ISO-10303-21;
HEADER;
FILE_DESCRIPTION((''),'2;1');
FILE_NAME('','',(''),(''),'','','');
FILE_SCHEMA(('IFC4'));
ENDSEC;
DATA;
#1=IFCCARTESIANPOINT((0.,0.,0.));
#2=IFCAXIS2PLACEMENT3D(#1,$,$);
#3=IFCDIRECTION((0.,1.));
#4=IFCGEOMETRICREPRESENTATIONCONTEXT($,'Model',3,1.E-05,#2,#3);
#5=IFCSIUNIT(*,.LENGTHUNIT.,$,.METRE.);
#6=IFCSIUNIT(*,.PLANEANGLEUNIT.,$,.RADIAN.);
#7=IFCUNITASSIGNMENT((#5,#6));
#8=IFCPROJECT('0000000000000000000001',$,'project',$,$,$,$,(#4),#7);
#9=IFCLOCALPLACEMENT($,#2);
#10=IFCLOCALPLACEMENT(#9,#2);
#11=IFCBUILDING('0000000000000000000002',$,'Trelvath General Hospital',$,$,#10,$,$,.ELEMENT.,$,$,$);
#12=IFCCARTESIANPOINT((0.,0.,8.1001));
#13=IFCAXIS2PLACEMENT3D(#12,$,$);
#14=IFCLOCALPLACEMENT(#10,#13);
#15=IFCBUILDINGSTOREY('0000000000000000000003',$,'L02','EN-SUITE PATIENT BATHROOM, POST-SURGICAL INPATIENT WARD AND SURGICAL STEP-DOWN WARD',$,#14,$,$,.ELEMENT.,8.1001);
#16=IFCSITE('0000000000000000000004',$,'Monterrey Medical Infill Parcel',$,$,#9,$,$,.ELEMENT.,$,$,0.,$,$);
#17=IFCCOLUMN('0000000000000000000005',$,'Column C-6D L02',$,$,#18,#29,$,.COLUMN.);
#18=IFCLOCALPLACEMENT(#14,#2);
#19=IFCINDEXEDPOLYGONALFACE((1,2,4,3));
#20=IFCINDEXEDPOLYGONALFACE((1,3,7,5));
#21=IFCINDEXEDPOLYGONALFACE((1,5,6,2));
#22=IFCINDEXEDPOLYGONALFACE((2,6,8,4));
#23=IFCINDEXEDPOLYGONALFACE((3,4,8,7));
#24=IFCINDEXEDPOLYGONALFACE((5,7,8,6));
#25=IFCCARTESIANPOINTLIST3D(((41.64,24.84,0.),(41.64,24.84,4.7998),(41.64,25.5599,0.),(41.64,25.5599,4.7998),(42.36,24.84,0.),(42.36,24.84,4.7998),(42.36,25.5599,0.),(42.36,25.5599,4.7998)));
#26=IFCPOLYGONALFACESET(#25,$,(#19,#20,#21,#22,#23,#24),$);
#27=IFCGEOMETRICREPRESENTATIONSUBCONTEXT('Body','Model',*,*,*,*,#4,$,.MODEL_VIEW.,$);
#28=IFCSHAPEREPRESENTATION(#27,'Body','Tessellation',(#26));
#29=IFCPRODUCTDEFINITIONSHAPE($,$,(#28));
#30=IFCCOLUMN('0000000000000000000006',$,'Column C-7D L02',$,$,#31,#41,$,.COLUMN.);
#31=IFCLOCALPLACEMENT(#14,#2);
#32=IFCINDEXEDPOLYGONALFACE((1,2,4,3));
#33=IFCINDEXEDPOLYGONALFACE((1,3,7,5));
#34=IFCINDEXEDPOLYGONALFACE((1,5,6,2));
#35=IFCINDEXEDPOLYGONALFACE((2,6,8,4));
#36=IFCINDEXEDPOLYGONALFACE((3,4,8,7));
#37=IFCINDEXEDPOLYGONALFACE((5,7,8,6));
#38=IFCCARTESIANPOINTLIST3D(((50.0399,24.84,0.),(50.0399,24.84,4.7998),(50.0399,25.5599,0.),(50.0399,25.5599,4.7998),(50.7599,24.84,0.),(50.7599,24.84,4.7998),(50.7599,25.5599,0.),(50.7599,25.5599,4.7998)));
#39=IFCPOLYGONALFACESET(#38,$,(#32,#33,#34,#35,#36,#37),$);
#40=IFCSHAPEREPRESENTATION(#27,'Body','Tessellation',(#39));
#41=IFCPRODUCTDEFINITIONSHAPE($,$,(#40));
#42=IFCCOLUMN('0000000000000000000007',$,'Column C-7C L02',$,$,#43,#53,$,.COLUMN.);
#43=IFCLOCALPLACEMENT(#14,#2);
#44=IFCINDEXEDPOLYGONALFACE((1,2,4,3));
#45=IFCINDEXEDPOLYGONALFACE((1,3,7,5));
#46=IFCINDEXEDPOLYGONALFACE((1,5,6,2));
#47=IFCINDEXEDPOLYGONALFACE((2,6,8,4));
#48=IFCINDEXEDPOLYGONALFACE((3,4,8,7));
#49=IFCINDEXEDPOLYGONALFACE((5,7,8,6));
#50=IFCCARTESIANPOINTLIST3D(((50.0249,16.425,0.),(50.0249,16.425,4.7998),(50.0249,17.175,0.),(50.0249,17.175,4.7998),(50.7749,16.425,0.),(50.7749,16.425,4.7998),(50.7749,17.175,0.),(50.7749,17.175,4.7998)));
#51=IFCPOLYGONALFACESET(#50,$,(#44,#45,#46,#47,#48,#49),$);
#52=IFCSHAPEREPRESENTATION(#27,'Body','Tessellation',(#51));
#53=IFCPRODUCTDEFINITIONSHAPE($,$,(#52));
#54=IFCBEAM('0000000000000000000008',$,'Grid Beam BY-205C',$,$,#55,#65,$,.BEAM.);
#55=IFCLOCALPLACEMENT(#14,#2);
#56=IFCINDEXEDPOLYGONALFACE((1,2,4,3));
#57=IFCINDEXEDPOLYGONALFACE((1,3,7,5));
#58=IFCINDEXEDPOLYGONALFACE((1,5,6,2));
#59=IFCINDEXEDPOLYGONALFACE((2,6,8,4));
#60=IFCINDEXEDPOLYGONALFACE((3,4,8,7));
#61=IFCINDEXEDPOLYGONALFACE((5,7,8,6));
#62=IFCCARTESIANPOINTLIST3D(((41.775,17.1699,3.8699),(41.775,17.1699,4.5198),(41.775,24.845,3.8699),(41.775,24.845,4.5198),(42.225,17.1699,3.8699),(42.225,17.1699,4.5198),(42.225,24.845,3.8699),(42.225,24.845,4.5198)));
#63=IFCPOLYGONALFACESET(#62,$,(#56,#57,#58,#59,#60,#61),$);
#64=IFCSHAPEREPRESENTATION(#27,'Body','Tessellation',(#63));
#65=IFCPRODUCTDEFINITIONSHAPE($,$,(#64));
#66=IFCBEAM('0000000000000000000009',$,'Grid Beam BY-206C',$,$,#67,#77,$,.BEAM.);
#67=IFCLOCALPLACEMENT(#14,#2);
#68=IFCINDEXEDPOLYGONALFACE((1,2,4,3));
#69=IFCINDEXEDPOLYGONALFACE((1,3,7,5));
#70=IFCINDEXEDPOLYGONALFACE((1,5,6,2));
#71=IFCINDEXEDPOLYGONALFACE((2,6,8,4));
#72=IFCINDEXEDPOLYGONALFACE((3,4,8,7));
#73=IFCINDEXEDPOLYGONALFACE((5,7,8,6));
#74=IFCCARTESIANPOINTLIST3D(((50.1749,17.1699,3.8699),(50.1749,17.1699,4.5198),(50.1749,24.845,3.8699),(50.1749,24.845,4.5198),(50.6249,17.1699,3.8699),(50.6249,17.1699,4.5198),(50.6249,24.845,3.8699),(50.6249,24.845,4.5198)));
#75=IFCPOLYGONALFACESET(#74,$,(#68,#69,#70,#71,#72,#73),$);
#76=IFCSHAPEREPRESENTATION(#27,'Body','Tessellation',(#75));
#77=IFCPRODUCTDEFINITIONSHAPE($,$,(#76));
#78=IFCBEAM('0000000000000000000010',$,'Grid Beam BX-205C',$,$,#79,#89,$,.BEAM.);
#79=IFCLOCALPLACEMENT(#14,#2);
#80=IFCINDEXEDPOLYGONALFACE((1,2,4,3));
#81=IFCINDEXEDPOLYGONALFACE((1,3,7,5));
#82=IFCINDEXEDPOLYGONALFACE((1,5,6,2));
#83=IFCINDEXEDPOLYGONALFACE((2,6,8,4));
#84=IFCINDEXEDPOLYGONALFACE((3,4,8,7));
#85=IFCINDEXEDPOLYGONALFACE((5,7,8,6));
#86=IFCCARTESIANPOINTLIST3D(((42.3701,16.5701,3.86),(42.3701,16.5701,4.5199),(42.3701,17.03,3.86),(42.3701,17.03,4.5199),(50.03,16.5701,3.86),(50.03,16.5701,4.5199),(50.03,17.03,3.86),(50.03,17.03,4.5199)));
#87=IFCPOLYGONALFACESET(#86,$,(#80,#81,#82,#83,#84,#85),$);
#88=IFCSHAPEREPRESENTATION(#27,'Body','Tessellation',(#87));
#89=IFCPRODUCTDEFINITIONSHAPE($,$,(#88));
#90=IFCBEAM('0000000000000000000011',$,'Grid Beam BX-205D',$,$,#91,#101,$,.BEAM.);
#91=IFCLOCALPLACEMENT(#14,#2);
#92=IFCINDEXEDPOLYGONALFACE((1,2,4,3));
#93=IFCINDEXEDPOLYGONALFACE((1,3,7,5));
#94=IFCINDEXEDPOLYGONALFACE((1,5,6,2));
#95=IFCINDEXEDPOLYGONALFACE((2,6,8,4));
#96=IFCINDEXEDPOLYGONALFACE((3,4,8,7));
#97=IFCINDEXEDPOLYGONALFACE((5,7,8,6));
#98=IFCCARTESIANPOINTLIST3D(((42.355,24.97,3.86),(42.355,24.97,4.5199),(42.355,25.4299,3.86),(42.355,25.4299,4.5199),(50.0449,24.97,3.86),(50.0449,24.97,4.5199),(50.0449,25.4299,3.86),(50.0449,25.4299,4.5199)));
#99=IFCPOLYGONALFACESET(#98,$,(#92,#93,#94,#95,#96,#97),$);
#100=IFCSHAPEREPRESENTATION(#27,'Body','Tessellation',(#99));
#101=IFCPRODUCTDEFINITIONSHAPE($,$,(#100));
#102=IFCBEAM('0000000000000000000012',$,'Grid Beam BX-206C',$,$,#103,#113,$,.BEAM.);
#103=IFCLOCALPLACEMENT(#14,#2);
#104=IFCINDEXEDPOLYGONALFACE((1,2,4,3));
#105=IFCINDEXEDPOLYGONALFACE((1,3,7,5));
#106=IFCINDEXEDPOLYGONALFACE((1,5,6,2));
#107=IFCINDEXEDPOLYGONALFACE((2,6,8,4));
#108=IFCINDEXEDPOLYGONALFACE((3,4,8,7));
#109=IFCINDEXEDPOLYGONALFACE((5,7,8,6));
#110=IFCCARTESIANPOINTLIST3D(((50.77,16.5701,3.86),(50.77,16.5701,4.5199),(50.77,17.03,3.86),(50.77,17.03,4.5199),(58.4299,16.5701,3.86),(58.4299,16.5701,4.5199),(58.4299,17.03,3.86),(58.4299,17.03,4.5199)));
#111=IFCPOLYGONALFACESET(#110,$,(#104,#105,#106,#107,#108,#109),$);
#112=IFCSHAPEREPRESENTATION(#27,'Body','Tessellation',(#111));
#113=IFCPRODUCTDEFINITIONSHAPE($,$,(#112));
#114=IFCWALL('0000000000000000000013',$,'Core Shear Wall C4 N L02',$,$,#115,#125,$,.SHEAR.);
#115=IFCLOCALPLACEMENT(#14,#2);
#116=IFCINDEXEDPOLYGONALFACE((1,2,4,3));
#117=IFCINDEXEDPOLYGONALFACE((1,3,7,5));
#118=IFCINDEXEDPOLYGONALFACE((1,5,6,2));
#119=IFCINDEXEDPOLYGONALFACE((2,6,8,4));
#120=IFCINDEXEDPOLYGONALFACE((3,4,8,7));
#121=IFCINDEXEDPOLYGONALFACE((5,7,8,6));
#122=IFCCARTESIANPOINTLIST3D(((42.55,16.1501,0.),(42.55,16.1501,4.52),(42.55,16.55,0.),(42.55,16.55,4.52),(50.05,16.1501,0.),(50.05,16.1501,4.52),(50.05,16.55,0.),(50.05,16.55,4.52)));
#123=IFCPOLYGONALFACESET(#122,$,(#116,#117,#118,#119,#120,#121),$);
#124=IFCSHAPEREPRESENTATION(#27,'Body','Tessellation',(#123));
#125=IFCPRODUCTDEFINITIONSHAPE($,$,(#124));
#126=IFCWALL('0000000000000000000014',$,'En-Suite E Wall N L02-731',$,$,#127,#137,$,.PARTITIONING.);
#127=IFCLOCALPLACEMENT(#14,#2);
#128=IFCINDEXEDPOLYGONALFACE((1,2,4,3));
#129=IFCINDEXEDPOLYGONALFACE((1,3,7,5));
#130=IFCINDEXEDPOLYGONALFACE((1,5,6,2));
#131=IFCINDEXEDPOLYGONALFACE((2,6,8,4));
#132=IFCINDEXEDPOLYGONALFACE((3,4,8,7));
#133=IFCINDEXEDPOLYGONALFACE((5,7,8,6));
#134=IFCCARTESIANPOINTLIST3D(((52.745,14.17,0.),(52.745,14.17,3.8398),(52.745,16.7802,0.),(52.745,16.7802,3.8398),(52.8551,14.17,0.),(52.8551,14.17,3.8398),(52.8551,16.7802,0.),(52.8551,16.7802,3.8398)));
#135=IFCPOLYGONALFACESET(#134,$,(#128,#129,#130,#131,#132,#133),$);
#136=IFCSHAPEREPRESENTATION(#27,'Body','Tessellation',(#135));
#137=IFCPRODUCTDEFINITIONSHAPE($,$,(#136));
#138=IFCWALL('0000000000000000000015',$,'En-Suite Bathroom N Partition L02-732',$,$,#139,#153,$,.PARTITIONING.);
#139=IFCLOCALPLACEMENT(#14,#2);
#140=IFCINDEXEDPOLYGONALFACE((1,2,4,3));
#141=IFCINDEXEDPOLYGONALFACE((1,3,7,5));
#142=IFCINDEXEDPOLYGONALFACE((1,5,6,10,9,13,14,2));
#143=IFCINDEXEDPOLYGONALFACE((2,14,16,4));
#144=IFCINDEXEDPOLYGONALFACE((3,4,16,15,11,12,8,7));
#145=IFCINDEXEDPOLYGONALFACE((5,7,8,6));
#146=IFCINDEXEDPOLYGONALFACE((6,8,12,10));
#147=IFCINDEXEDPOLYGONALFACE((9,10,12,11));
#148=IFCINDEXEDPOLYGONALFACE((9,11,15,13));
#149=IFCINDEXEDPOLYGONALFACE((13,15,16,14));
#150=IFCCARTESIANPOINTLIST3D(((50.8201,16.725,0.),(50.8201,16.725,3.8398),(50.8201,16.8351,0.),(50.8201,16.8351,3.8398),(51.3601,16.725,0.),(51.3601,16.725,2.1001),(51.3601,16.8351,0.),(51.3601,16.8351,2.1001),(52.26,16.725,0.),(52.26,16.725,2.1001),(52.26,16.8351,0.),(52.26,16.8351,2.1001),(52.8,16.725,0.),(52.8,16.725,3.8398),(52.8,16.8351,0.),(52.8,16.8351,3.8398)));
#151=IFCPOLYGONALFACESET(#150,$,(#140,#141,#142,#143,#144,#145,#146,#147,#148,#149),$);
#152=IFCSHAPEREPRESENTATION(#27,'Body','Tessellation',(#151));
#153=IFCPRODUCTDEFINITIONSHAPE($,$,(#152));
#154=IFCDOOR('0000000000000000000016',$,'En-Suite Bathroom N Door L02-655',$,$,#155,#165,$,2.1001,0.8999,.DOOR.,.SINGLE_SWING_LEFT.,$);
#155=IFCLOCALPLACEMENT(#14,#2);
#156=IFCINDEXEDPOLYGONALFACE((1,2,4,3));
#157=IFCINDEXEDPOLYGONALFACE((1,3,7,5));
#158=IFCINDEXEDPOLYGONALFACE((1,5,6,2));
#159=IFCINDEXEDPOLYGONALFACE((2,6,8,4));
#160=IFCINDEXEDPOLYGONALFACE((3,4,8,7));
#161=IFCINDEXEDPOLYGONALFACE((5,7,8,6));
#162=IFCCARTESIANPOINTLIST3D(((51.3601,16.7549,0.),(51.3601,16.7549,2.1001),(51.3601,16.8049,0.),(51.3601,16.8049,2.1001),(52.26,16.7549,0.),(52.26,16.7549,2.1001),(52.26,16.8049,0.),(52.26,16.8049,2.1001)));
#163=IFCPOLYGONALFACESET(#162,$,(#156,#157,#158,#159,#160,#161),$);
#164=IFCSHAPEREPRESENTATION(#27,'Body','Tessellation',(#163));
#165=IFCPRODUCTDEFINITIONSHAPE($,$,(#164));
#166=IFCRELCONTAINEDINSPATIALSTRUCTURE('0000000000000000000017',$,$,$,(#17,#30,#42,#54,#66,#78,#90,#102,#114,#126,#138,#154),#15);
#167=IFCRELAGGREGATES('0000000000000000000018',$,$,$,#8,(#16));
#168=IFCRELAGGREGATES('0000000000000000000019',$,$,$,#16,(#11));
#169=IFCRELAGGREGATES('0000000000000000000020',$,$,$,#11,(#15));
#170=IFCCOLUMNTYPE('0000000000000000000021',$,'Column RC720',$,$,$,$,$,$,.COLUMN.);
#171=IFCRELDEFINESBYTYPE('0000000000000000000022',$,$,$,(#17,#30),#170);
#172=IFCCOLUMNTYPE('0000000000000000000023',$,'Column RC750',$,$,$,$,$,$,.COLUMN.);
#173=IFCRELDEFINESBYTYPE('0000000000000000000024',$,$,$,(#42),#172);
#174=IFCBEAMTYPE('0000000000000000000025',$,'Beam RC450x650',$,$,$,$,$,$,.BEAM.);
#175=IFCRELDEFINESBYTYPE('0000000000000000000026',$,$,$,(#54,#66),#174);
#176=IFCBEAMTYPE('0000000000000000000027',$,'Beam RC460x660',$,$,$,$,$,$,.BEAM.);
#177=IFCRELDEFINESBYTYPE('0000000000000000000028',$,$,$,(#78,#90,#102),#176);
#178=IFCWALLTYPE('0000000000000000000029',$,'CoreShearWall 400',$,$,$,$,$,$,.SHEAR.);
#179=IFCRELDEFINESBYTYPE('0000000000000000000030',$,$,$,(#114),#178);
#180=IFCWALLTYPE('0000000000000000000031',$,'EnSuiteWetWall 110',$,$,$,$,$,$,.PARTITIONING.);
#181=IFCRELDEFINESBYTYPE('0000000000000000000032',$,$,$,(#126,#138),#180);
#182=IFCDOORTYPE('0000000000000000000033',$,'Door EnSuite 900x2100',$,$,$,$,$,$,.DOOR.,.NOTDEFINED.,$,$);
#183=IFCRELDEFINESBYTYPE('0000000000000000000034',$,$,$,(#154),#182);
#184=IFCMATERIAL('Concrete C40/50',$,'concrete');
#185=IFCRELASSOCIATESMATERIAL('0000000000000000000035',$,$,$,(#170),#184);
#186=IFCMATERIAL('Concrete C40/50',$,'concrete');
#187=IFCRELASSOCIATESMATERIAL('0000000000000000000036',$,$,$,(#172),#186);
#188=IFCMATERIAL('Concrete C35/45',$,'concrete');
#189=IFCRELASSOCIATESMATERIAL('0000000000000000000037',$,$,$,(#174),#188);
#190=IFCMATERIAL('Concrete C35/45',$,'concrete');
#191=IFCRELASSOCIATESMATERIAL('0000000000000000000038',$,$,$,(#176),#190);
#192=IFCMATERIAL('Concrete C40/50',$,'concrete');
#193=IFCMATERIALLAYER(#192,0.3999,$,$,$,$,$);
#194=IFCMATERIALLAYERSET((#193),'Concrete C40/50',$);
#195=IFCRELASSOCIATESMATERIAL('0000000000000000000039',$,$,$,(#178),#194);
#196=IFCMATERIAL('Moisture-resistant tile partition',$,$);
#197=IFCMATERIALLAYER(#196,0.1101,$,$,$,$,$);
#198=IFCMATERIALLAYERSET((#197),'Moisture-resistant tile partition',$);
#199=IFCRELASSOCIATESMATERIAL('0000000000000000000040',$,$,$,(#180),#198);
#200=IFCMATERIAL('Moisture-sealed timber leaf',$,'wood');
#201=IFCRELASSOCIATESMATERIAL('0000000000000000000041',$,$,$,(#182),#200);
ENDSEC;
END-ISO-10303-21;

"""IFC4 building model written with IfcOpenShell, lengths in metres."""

from ifc_helpers import new_model, si_unit, direction, frame, frame_2d, origin, origin_2d, place, context, subcontext, project, spatial, rectangle, extrude, material, layer, layer_set, material_profile, profile_set, type_object, element, fill, save


model = new_model("IFC4")

# Units and contexts
model_context = context("Model", 3, precision=1e-05, world=origin(), true_north=direction((0.0, 1.0)))
body_context = subcontext(model_context, "Body", "Model", "MODEL_VIEW")
ifc_project = project(units=[si_unit("LENGTHUNIT", "METRE"), si_unit("PLANEANGLEUNIT", "RADIAN")], contexts=[model_context])

# Site, building, storey
site_placement = place(None, origin())
site = spatial("IfcSite", under=ifc_project, at=site_placement, Name="Monterrey Medical Infill Parcel", CompositionType="ELEMENT", RefElevation=0.0)
building_placement = place(site_placement, origin())
building = spatial("IfcBuilding", under=site, at=building_placement, Name="Trelvath General Hospital", CompositionType="ELEMENT")
storey_placement = place(building_placement, frame((0.0, 0.0, 8.1001)))
storey = spatial("IfcBuildingStorey", under=building, at=storey_placement, Name="L02", Description="EN-SUITE PATIENT BATHROOM, POST-SURGICAL INPATIENT WARD AND SURGICAL STEP-DOWN WARD", CompositionType="ELEMENT", Elevation=8.1001)

# Columns
ifc_material_1 = material(Name="Concrete C40/50", Category="concrete")
ifc_material_profile_1 = material_profile(ifc_material_1, rectangle(XDim=0.72, YDim=0.72, at=origin_2d()), Name="RC720x720")
ifc_profile_set_1 = profile_set([ifc_material_profile_1], Name="Concrete C40/50")
column_type_1 = type_object("IfcColumnType", Name="Column RC720", PredefinedType="COLUMN", material=ifc_profile_set_1)
for number, where, z_axis, x_axis, name in (
    (1, (42.0, 25.2, 0.0), (0.0, 0.0, 1.0), (1.0, 0.0, 0.0), "Column C-6D L02"),
    (2, (50.3999, 25.2, 0.0), (0.0, 0.0, 1.0), (1.0, 0.0, 0.0), "Column C-7D L02"),
):
    element("IfcColumn", number, at=place(storey_placement, frame(where, z_axis=z_axis, x_axis=x_axis)), inside=storey, type_object=column_type_1, Name=name, PredefinedType="COLUMN", context=body_context, shape_type="SweptSolid", body=[
        extrude(rectangle(XDim=0.72, YDim=0.72, at=origin_2d()), origin(), (0.0, 0.0, 1.0), 4.7998),
    ])
ifc_material_2 = material(Name="Concrete C40/50", Category="concrete")
ifc_material_profile_2 = material_profile(ifc_material_2, rectangle(XDim=0.75, YDim=0.75, at=origin_2d()), Name="RC750x750")
ifc_profile_set_2 = profile_set([ifc_material_profile_2], Name="Concrete C40/50")
column_type_2 = type_object("IfcColumnType", Name="Column RC750", PredefinedType="COLUMN", material=ifc_profile_set_2)
column_placement = place(storey_placement, frame((50.3999, 16.8, 0.0), z_axis=(0.0, 0.0, 1.0), x_axis=(1.0, 0.0, 0.0)))
element("IfcColumn", 3, at=column_placement, inside=storey, type_object=column_type_2, Name="Column C-7C L02", PredefinedType="COLUMN", context=body_context, shape_type="SweptSolid", body=[
    extrude(rectangle(XDim=0.75, YDim=0.75, at=origin_2d()), origin(), (0.0, 0.0, 1.0), 4.7998),
])

# Beams
ifc_material_3 = material(Name="Concrete C35/45", Category="concrete")
ifc_material_profile_3 = material_profile(ifc_material_3, rectangle(XDim=0.45, YDim=0.6499, at=origin_2d()), Name="RCB450x650")
ifc_profile_set_3 = profile_set([ifc_material_profile_3], Name="Concrete C35/45")
beam_type_1 = type_object("IfcBeamType", Name="Beam RC450x650", PredefinedType="BEAM", material=ifc_profile_set_3)
for number, where, z_axis, x_axis, name in (
    (4, (42.0, 17.1699, 4.1948), (0.0, 1.0, 0.0), (-1.0, 0.0, 0.0), "Grid Beam BY-205C"),
    (5, (50.3999, 17.1699, 4.1948), (0.0, 1.0, 0.0), (-1.0, 0.0, 0.0), "Grid Beam BY-206C"),
):
    element("IfcBeam", number, at=place(storey_placement, frame(where, z_axis=z_axis, x_axis=x_axis)), inside=storey, type_object=beam_type_1, Name=name, PredefinedType="BEAM", context=body_context, shape_type="SweptSolid", body=[
        extrude(rectangle(XDim=0.45, YDim=0.6499, at=origin_2d()), origin(), (0.0, 0.0, 1.0), 7.675),
    ])
ifc_material_4 = material(Name="Concrete C35/45", Category="concrete")
ifc_material_profile_4 = material_profile(ifc_material_4, rectangle(XDim=0.46, YDim=0.6599, at=origin_2d()), Name="RCB460x660")
ifc_profile_set_4 = profile_set([ifc_material_profile_4], Name="Concrete C35/45")
beam_type_2 = type_object("IfcBeamType", Name="Beam RC460x660", PredefinedType="BEAM", material=ifc_profile_set_4)
beam_1_placement = place(storey_placement, frame((42.3701, 16.8, 4.1899), z_axis=(1.0, 0.0, 0.0), x_axis=(0.0, 1.0, 0.0)))
element("IfcBeam", 6, at=beam_1_placement, inside=storey, type_object=beam_type_2, Name="Grid Beam BX-205C", PredefinedType="BEAM", context=body_context, shape_type="SweptSolid", body=[
    extrude(rectangle(XDim=0.46, YDim=0.6599, at=origin_2d()), origin(), (0.0, 0.0, 1.0), 7.6599),
])
beam_2_placement = place(storey_placement, frame((42.355, 25.2, 4.1899), z_axis=(1.0, 0.0, 0.0), x_axis=(0.0, 1.0, 0.0)))
element("IfcBeam", 7, at=beam_2_placement, inside=storey, type_object=beam_type_2, Name="Grid Beam BX-205D", PredefinedType="BEAM", context=body_context, shape_type="SweptSolid", body=[
    extrude(rectangle(XDim=0.46, YDim=0.6599, at=origin_2d()), origin(), (0.0, 0.0, 1.0), 7.6899),
])
beam_3_placement = place(storey_placement, frame((50.77, 16.8, 4.1899), z_axis=(1.0, 0.0, 0.0), x_axis=(0.0, 1.0, 0.0)))
element("IfcBeam", 8, at=beam_3_placement, inside=storey, type_object=beam_type_2, Name="Grid Beam BX-206C", PredefinedType="BEAM", context=body_context, shape_type="SweptSolid", body=[
    extrude(rectangle(XDim=0.46, YDim=0.6599, at=origin_2d()), origin(), (0.0, 0.0, 1.0), 7.6599),
])

# Walls
ifc_material_5 = material(Name="Concrete C40/50", Category="concrete")
ifc_layer_1 = layer(ifc_material_5, 0.3999)
ifc_layer_set_1 = layer_set([ifc_layer_1], Name="Concrete C40/50")
wall_type_1 = type_object("IfcWallType", Name="CoreShearWall 400", PredefinedType="SHEAR", material=ifc_layer_set_1)
wall_1_placement = place(storey_placement, frame((42.55, 16.3501, 0.0), z_axis=(0.0, 0.0, 1.0), x_axis=(1.0, 0.0, 0.0)))
element("IfcWall", 9, at=wall_1_placement, inside=storey, type_object=wall_type_1, Name="Core Shear Wall C4 N L02", PredefinedType="SHEAR", context=body_context, shape_type="SweptSolid", body=[
    extrude(rectangle(XDim=7.5, YDim=0.3999, at=frame_2d((3.75, 0.0))), origin(), (0.0, 0.0, 1.0), 4.52),
])
ifc_material_6 = material(Name="Moisture-resistant tile partition")
ifc_layer_2 = layer(ifc_material_6, 0.1101)
ifc_layer_set_2 = layer_set([ifc_layer_2], Name="Moisture-resistant tile partition")
wall_type_2 = type_object("IfcWallType", Name="EnSuiteWetWall 110", PredefinedType="PARTITIONING", material=ifc_layer_set_2)
wall_2_placement = place(storey_placement, frame((52.8, 14.1699, 0.0), z_axis=(0.0, 0.0, 1.0), x_axis=(0.0, 1.0, 0.0)))
element("IfcWall", 10, at=wall_2_placement, inside=storey, type_object=wall_type_2, Name="En-Suite E Wall N L02-731", PredefinedType="PARTITIONING", context=body_context, shape_type="SweptSolid", body=[
    extrude(rectangle(XDim=2.6101, YDim=0.1101, at=frame_2d((1.3052, 0.0))), origin(), (0.0, 0.0, 1.0), 3.8398),
])

# Wall, opening, door
wall_3_placement = place(storey_placement, frame((50.8201, 16.78, 0.0), z_axis=(0.0, 0.0, 1.0), x_axis=(1.0, 0.0, 0.0)))
wall_3 = element("IfcWall", 11, at=wall_3_placement, inside=storey, type_object=wall_type_2, Name="En-Suite Bathroom N Partition L02-732", PredefinedType="PARTITIONING", context=body_context, shape_type="SweptSolid", body=[
    extrude(rectangle(XDim=1.98, YDim=0.1101, at=frame_2d((0.99, 0.0))), origin(), (0.0, 0.0, 1.0), 3.8398),
])
opening_1_placement = place(wall_3_placement, frame((0.54, 0.0, 0.0)))
opening_1 = element("IfcOpeningElement", 12, at=opening_1_placement, cuts=wall_3, PredefinedType="OPENING", context=body_context, shape_type="SweptSolid", body=[
    extrude(rectangle(XDim=0.8999, YDim=2.1001, at=frame_2d((0.45, 1.05))), frame((0.0, 0.0649, 0.0), z_axis=(0.0, -1.0, 0.0), x_axis=(1.0, 0.0, 0.0)), (0.0, 0.0, 1.0), 0.1301),
])
ifc_material_7 = material(Name="Moisture-sealed timber leaf", Category="wood")
door_type_1 = type_object("IfcDoorType", Name="Door EnSuite 900x2100", OperationType="NOTDEFINED", PredefinedType="DOOR", material=ifc_material_7)
door_1_placement = place(opening_1_placement, origin())
door_1 = element("IfcDoor", 13, at=door_1_placement, inside=storey, type_object=door_type_1, Name="En-Suite Bathroom N Door L02-655", OperationType="SINGLE_SWING_LEFT", OverallHeight=2.1001, OverallWidth=0.8999, PredefinedType="DOOR", context=body_context, shape_type="SweptSolid", body=[
    extrude(rectangle(XDim=0.8999, YDim=2.1001, at=frame_2d((0.45, 1.05))), frame((0.0, 0.0249, 0.0), z_axis=(0.0, -1.0, 0.0), x_axis=(1.0, 0.0, 0.0)), (0.0, 0.0, 1.0), 0.05),
])
fill(opening_1, door_1)

save(model, "model.ifc")
